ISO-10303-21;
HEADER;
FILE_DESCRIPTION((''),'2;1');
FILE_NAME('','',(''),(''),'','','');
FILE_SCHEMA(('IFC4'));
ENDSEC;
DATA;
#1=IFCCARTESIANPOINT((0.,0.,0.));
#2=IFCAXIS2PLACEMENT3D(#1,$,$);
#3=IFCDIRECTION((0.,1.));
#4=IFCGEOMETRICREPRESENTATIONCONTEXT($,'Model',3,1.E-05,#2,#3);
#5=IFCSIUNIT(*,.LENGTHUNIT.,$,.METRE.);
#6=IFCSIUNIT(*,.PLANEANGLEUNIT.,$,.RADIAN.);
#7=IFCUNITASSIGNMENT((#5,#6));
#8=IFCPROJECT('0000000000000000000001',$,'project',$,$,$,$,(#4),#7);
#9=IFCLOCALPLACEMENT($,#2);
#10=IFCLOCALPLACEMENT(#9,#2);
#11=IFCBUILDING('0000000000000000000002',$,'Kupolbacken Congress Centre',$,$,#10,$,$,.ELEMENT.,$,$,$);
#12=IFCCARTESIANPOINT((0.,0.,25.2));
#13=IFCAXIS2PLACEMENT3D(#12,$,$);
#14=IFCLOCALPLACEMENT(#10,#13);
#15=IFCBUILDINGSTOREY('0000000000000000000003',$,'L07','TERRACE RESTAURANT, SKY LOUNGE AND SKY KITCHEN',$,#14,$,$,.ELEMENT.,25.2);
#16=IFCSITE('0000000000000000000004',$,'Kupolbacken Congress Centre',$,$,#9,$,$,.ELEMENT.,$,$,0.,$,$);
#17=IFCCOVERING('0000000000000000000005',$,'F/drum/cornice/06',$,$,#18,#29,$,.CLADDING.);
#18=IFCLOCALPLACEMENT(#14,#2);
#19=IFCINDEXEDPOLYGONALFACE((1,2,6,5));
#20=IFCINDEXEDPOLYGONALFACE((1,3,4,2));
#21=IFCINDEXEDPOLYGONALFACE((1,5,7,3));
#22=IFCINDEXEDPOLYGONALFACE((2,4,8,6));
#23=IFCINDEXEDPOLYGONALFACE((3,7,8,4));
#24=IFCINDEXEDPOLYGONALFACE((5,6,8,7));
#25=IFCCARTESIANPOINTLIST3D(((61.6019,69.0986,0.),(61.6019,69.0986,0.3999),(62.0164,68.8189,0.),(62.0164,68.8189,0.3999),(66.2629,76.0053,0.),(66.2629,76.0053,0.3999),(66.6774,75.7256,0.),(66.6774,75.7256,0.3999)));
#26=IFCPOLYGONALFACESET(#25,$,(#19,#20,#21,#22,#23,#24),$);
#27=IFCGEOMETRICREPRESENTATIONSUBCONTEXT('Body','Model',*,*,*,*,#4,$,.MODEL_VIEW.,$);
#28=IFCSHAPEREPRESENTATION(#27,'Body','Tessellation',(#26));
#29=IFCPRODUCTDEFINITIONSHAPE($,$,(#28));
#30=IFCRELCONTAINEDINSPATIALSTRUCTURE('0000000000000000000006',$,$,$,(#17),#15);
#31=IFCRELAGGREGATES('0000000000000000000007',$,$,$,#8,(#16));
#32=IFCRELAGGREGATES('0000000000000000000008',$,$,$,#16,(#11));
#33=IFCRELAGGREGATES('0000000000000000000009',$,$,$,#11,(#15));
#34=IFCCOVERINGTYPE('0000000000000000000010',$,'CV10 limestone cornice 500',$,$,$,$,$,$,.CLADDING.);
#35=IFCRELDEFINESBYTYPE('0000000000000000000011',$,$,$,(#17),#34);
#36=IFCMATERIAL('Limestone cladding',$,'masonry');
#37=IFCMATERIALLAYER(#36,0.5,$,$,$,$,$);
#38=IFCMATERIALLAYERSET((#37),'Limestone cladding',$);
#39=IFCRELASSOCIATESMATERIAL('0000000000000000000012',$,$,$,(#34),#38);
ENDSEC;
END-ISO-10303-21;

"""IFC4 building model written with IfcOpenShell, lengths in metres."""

from ifc_helpers import new_model, si_unit, direction, frame, origin, origin_2d, place, context, subcontext, project, spatial, rectangle, extrude, material, layer, layer_set, type_object, element, save


model = new_model("IFC4")

# Units and contexts
model_context = context("Model", 3, precision=1e-05, world=origin(), true_north=direction((0.0, 1.0)))
body_context = subcontext(model_context, "Body", "Model", "MODEL_VIEW")
ifc_project = project(units=[si_unit("LENGTHUNIT", "METRE"), si_unit("PLANEANGLEUNIT", "RADIAN")], contexts=[model_context])

# Site, building, storey
site_placement = place(None, origin())
site = spatial("IfcSite", under=ifc_project, at=site_placement, Name="Kupolbacken Congress Centre", CompositionType="ELEMENT", RefElevation=0.0)
building_placement = place(site_placement, origin())
building = spatial("IfcBuilding", under=site, at=building_placement, Name="Kupolbacken Congress Centre", CompositionType="ELEMENT")
storey_placement = place(building_placement, frame((0.0, 0.0, 25.2)))
storey = spatial("IfcBuildingStorey", under=building, at=storey_placement, Name="L07", Description="TERRACE RESTAURANT, SKY LOUNGE AND SKY KITCHEN", CompositionType="ELEMENT", Elevation=25.2)

# Covering
ifc_material_1 = material(Name="Limestone cladding", Category="masonry")
ifc_layer_1 = layer(ifc_material_1, 0.5)
ifc_layer_set_1 = layer_set([ifc_layer_1], Name="Limestone cladding")
covering_type = type_object("IfcCoveringType", Name="CV10 limestone cornice 500", PredefinedType="CLADDING", material=ifc_layer_set_1)
covering_placement = place(storey_placement, frame((64.1396, 72.4121, 0.0), z_axis=(0.0, 0.0, 1.0), x_axis=(0.559386, 0.828908, 0.0)))
element("IfcCovering", 1, at=covering_placement, inside=storey, type_object=covering_type, Name="F/drum/cornice/06", PredefinedType="CLADDING", context=body_context, shape_type="SweptSolid", body=[
    extrude(rectangle(XDim=8.3323, YDim=0.5, at=origin_2d()), origin(), (0.0, 0.0, 1.0), 0.3999),
])

save(model, "model.ifc")
